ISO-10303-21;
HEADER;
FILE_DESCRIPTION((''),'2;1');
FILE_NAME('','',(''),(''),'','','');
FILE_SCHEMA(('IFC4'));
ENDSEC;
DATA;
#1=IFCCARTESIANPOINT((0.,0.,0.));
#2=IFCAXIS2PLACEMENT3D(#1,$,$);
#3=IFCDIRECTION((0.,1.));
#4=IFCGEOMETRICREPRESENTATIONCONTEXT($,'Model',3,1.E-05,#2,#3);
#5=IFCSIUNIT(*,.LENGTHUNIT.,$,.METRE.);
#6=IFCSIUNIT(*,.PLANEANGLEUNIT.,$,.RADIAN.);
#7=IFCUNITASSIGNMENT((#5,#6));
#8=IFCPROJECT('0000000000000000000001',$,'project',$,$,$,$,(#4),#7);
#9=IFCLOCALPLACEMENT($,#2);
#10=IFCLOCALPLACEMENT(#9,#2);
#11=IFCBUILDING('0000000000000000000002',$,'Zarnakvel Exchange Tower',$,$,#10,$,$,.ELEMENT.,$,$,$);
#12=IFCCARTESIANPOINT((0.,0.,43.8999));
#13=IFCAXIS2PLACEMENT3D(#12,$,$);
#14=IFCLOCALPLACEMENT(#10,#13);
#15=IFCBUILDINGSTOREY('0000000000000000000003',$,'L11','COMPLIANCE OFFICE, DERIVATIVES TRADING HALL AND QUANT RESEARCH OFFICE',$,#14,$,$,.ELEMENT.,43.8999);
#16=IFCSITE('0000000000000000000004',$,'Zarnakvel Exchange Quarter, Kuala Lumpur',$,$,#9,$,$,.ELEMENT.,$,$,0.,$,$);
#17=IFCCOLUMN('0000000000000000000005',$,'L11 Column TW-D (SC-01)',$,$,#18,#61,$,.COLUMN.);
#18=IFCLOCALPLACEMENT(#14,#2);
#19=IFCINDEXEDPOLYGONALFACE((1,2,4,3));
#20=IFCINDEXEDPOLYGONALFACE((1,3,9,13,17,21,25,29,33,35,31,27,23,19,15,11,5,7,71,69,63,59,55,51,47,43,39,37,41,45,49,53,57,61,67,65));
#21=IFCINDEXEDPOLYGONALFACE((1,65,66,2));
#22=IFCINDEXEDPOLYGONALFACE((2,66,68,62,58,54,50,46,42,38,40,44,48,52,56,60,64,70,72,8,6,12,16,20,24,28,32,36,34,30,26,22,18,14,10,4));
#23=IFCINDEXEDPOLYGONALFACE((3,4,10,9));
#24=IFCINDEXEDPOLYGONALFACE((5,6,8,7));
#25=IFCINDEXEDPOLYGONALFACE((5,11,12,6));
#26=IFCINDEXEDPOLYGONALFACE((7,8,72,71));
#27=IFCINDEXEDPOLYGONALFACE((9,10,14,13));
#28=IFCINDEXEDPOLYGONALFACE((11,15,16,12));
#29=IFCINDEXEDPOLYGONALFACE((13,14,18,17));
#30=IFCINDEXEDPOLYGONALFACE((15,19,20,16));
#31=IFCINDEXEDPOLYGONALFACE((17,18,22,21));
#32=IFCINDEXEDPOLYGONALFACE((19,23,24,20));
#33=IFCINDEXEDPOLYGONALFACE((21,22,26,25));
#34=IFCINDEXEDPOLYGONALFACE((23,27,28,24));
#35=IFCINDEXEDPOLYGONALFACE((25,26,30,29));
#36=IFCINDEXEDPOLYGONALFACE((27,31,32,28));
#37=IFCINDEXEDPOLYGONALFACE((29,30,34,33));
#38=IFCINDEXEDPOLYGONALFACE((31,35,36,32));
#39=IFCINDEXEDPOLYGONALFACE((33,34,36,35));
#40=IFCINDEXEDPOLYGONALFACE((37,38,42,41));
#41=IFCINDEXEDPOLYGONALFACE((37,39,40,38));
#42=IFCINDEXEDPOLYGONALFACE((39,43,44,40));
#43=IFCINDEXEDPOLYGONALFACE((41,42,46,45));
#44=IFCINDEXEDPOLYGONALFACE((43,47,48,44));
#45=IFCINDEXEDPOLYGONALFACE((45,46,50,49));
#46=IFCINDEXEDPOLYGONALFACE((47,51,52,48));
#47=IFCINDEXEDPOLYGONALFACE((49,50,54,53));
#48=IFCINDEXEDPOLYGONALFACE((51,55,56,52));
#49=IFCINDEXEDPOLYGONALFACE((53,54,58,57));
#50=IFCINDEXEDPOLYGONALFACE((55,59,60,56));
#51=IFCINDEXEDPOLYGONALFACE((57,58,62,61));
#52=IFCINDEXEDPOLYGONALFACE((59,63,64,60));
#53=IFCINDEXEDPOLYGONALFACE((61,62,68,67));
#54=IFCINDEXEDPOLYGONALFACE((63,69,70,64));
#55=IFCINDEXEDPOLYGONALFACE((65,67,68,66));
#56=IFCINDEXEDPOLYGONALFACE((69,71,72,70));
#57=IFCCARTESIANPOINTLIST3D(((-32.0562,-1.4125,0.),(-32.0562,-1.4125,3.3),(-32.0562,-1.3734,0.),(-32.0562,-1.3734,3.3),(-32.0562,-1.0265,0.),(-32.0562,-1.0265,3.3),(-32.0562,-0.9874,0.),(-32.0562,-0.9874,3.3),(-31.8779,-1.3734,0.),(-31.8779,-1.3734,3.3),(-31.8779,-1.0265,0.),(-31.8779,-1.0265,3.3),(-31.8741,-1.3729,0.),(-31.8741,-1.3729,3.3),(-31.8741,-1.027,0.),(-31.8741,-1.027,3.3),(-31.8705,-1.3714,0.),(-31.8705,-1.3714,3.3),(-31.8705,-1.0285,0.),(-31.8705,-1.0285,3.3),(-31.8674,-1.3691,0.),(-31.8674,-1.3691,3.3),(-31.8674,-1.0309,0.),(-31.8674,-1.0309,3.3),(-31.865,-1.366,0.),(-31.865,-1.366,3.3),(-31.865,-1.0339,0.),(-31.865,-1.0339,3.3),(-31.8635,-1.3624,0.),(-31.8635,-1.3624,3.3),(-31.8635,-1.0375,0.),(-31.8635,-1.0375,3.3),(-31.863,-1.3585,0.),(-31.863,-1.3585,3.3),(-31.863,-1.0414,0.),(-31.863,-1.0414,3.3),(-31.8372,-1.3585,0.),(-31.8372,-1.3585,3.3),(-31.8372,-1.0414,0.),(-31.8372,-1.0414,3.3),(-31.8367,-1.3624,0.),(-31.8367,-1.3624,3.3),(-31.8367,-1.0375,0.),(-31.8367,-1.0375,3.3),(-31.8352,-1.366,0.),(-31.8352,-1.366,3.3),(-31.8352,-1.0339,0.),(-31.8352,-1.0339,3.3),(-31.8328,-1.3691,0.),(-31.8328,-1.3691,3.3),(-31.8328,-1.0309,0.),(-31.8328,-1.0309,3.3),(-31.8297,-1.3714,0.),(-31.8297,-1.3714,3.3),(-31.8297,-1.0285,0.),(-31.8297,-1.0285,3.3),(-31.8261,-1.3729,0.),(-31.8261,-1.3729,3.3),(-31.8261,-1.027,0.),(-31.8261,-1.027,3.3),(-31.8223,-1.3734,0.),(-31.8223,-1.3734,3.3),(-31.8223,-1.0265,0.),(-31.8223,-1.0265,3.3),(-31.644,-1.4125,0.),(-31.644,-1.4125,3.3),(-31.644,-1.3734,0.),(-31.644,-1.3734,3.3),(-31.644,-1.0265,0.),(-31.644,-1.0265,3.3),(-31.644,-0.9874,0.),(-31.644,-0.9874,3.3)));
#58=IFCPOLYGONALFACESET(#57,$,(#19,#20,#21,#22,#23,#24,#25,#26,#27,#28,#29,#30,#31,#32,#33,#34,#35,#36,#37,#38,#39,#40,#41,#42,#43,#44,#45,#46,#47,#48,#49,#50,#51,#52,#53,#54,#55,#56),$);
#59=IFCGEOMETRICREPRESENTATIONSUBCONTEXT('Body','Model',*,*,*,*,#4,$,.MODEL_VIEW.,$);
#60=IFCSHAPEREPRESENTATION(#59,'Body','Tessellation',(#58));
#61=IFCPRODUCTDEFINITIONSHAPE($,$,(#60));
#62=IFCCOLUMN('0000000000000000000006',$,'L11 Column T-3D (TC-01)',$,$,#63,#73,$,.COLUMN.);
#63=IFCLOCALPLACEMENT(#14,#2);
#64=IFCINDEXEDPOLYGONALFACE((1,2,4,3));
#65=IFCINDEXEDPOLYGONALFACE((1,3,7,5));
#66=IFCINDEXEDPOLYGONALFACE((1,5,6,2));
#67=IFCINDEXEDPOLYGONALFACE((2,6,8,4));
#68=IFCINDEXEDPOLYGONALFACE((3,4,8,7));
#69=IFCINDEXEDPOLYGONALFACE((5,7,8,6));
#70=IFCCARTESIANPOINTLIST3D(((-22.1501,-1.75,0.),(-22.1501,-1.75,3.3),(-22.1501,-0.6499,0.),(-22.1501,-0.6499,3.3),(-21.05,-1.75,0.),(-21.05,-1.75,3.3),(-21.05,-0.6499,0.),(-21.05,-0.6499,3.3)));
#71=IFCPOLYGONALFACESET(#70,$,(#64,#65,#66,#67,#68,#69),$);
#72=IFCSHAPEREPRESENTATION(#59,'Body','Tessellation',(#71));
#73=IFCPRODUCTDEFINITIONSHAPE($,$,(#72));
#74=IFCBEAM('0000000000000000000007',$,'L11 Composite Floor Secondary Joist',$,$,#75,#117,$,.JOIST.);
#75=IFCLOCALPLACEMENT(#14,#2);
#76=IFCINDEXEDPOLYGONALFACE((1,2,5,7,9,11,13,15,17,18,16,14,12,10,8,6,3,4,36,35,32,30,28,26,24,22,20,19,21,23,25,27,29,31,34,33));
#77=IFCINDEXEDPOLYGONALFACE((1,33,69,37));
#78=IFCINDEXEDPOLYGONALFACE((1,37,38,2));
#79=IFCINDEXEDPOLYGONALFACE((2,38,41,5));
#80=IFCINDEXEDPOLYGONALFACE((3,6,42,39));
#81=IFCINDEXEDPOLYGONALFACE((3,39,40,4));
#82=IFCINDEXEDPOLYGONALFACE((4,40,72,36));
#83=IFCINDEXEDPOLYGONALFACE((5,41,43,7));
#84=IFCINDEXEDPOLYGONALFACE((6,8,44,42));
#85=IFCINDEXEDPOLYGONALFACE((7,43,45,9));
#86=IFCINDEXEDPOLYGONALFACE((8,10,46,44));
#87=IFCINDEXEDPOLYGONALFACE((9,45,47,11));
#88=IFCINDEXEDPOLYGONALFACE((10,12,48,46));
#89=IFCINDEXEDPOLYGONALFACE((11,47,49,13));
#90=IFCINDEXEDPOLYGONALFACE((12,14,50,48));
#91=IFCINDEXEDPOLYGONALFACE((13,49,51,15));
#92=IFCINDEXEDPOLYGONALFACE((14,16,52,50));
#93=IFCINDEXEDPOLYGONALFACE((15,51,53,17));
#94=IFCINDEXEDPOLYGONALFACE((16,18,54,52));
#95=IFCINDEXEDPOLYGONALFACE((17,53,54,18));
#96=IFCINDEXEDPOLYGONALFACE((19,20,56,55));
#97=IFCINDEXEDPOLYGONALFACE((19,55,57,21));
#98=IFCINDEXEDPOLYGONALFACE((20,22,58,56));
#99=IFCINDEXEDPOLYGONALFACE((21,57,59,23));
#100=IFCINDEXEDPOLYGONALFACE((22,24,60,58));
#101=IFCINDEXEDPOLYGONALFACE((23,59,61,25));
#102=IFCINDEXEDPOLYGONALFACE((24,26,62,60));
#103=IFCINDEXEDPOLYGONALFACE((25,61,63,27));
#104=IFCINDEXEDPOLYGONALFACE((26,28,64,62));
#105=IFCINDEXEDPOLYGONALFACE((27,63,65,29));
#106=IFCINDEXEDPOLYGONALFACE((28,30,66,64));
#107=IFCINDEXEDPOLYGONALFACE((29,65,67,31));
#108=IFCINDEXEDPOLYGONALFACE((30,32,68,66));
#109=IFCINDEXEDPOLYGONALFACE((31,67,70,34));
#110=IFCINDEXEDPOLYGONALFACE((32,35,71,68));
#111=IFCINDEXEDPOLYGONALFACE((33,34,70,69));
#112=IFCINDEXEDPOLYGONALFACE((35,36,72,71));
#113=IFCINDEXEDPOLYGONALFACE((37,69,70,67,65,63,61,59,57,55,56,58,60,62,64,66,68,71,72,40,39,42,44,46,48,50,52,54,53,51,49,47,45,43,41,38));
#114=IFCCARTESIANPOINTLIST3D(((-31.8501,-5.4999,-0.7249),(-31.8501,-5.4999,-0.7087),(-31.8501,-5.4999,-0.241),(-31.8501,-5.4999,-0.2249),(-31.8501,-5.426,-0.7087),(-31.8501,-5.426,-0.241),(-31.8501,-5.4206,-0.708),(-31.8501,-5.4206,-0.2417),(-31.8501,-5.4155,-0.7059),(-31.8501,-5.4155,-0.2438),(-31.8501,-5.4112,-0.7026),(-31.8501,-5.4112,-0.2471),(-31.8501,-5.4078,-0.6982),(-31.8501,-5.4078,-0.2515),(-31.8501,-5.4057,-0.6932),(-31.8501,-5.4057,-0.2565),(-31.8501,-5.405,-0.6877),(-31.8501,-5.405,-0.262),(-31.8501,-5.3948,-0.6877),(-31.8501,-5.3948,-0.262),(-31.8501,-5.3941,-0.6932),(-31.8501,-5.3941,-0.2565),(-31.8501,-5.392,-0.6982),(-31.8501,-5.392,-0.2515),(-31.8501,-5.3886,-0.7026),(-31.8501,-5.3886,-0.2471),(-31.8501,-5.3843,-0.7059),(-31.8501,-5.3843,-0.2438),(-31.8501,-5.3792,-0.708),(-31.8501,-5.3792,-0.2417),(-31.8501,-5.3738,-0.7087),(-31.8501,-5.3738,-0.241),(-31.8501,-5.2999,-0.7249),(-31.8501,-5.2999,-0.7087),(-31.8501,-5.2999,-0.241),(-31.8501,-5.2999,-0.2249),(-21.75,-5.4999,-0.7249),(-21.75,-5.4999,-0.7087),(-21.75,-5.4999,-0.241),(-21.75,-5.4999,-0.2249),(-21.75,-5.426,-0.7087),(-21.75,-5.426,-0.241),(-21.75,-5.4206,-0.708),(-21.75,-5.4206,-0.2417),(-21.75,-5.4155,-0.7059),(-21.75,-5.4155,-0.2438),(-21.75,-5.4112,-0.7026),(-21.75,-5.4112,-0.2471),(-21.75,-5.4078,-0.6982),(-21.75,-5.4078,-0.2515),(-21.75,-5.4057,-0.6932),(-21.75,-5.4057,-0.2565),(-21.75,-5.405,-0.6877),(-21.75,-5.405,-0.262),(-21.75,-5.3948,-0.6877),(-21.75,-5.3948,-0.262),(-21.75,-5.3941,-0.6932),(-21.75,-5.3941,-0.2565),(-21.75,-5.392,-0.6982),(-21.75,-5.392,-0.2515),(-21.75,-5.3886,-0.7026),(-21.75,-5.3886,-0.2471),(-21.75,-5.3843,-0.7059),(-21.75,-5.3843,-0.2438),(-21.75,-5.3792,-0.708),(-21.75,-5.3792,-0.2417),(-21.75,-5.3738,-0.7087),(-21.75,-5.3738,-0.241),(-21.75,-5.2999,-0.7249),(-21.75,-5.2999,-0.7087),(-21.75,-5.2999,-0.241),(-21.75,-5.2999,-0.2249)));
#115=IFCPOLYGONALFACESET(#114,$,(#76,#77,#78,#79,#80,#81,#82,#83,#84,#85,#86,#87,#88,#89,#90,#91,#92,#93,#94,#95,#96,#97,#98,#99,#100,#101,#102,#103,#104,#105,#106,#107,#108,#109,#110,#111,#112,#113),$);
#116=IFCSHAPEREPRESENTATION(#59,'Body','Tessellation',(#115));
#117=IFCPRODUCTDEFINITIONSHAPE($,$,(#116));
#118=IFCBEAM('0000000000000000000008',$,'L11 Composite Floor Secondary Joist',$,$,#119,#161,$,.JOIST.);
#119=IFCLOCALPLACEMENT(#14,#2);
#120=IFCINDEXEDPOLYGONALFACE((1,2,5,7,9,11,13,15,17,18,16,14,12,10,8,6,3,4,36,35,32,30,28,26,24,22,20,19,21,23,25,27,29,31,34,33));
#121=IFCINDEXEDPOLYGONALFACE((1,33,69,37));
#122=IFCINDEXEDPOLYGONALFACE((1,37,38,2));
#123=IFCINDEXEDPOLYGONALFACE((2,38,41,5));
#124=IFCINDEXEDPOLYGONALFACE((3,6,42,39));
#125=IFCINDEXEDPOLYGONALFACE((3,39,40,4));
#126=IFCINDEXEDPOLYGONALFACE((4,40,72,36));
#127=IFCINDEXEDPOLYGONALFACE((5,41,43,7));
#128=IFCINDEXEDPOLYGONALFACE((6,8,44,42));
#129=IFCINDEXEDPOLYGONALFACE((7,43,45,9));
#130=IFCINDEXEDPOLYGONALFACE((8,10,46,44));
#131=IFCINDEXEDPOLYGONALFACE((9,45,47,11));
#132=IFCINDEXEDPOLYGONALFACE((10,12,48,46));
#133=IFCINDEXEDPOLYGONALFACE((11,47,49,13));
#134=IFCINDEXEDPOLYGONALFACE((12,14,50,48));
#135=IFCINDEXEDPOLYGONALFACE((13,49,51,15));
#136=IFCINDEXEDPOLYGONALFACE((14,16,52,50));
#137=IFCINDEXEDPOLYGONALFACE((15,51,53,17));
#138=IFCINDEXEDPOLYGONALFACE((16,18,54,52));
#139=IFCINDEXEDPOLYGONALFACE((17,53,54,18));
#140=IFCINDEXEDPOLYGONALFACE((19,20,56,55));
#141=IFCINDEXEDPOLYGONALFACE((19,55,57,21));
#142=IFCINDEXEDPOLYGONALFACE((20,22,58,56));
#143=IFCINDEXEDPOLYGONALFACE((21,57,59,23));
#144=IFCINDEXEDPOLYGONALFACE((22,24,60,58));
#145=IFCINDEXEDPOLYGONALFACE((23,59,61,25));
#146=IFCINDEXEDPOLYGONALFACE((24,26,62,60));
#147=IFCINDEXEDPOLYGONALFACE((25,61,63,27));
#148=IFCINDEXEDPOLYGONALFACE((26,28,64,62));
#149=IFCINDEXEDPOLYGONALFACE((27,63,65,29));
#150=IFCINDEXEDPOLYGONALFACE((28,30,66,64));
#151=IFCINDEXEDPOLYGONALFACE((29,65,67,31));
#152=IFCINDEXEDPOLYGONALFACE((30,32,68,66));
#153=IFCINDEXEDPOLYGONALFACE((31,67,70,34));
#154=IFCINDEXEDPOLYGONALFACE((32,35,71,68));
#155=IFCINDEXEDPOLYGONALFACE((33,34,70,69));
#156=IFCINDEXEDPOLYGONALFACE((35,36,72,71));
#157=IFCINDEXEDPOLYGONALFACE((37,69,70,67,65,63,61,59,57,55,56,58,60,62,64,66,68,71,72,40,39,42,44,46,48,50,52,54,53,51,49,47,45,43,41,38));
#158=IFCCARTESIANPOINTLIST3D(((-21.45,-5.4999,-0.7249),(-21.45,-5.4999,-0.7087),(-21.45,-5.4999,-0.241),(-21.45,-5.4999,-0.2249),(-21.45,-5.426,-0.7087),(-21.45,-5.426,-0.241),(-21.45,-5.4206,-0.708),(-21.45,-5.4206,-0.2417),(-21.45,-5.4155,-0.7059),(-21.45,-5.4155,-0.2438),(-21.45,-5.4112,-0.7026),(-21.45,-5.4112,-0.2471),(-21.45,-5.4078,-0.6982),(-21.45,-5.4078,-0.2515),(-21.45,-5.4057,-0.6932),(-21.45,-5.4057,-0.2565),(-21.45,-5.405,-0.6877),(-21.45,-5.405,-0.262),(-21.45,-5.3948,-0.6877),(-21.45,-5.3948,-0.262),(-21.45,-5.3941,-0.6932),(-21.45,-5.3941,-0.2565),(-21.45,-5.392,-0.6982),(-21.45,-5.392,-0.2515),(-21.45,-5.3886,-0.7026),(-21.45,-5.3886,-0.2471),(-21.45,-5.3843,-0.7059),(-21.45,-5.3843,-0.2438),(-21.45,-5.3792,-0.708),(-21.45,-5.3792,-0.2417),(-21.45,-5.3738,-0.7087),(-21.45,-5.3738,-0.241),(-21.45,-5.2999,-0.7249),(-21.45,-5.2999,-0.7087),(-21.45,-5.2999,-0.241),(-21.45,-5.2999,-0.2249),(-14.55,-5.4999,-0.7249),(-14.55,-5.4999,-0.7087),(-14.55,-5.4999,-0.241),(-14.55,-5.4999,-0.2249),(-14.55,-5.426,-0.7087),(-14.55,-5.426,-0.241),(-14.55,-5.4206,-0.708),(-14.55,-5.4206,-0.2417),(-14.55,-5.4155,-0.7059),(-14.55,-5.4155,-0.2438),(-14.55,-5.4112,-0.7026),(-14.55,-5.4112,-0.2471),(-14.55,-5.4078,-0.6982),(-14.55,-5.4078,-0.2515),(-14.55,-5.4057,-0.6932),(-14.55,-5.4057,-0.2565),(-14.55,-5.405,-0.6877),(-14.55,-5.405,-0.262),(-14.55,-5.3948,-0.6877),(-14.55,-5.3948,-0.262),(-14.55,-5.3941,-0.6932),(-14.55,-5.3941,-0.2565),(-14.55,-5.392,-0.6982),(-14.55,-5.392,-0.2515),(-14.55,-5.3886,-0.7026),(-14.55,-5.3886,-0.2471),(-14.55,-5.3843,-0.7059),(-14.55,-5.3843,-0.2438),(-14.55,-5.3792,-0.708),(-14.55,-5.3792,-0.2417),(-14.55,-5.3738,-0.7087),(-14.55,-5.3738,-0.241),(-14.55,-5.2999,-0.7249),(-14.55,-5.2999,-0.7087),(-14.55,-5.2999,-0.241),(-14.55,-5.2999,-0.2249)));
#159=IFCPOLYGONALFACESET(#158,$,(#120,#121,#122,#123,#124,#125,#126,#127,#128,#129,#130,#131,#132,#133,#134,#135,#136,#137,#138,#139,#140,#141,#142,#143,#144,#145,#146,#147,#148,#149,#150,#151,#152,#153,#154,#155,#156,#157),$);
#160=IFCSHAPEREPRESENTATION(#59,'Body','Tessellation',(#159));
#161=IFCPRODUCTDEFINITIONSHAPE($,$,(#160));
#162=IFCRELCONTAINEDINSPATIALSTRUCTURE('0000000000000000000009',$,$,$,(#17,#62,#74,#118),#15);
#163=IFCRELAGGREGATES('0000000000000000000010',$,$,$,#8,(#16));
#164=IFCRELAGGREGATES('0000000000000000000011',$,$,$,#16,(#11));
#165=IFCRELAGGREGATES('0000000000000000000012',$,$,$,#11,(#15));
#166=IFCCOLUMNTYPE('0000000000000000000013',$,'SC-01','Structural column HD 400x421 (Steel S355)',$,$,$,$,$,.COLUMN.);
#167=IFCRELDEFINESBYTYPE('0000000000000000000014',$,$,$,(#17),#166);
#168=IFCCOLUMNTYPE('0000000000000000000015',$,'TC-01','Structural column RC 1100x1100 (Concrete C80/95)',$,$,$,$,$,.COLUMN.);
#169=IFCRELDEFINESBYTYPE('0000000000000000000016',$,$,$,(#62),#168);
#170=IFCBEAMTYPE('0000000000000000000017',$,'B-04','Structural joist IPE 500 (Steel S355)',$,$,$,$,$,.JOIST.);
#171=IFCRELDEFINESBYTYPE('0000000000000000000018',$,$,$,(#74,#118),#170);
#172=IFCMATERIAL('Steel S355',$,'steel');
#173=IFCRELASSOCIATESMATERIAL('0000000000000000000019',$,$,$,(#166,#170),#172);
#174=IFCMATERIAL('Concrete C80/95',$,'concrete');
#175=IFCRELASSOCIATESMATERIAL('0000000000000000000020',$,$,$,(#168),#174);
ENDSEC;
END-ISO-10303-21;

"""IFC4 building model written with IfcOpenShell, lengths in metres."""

from ifc_helpers import new_model, si_unit, direction, frame, origin, origin_2d, place, context, subcontext, project, spatial, rectangle, i_section, extrude, material, material_profile, profile_set, type_object, element, save


model = new_model("IFC4")

# Units and contexts
model_context = context("Model", 3, precision=1e-05, world=origin(), true_north=direction((0.0, 1.0)))
body_context = subcontext(model_context, "Body", "Model", "MODEL_VIEW")
ifc_project = project(units=[si_unit("LENGTHUNIT", "METRE"), si_unit("PLANEANGLEUNIT", "RADIAN")], contexts=[model_context])

# Site, building, storey
site_placement = place(None, origin())
site = spatial("IfcSite", under=ifc_project, at=site_placement, Name="Zarnakvel Exchange Quarter, Kuala Lumpur", CompositionType="ELEMENT", RefElevation=0.0)
building_placement = place(site_placement, origin())
building = spatial("IfcBuilding", under=site, at=building_placement, Name="Zarnakvel Exchange Tower", CompositionType="ELEMENT")
storey_placement = place(building_placement, frame((0.0, 0.0, 43.8999)))
storey = spatial("IfcBuildingStorey", under=building, at=storey_placement, Name="L11", Description="COMPLIANCE OFFICE, DERIVATIVES TRADING HALL AND QUANT RESEARCH OFFICE", CompositionType="ELEMENT", Elevation=43.8999)

# Columns
ifc_material_1 = material(Name="Steel S355", Category="steel")
ifc_material_profile_1 = material_profile(ifc_material_1, i_section(OverallWidth=0.4121, OverallDepth=0.425, WebThickness=0.0259, FlangeThickness=0.0391, FilletRadius=0.0149, at=origin_2d()))
ifc_profile_set_1 = profile_set([ifc_material_profile_1], Name="Steel S355")
column_type_1 = type_object("IfcColumnType", Name="SC-01", Description="Structural column HD 400x421 (Steel S355)", PredefinedType="COLUMN", material=ifc_profile_set_1)
column_1_placement = place(storey_placement, frame((-31.8501, -1.2, 0.0), z_axis=(0.0, 0.0, 1.0), x_axis=(1.0, 0.0, 0.0)))
element("IfcColumn", 1, at=column_1_placement, inside=storey, type_object=column_type_1, Name="L11 Column TW-D (SC-01)", PredefinedType="COLUMN", context=body_context, shape_type="SweptSolid", body=[
    extrude(i_section(OverallWidth=0.4121, OverallDepth=0.425, WebThickness=0.0259, FlangeThickness=0.0391, FilletRadius=0.0149, at=origin_2d()), origin(), (0.0, 0.0, 1.0), 3.3),
])
ifc_material_2 = material(Name="Concrete C80/95", Category="concrete")
ifc_material_profile_2 = material_profile(ifc_material_2, rectangle(XDim=1.1001, YDim=1.1001, at=origin_2d()))
ifc_profile_set_2 = profile_set([ifc_material_profile_2], Name="Concrete C80/95")
column_type_2 = type_object("IfcColumnType", Name="TC-01", Description="Structural column RC 1100x1100 (Concrete C80/95)", PredefinedType="COLUMN", material=ifc_profile_set_2)
column_2_placement = place(storey_placement, frame((-21.6001, -1.2, 0.0), z_axis=(0.0, 0.0, 1.0), x_axis=(1.0, 0.0, 0.0)))
element("IfcColumn", 2, at=column_2_placement, inside=storey, type_object=column_type_2, Name="L11 Column T-3D (TC-01)", PredefinedType="COLUMN", context=body_context, shape_type="SweptSolid", body=[
    extrude(rectangle(XDim=1.1001, YDim=1.1001, at=origin_2d()), origin(), (0.0, 0.0, 1.0), 3.3),
])

# Beams
ifc_material_profile_3 = material_profile(ifc_material_1, i_section(OverallWidth=0.2, OverallDepth=0.5, WebThickness=0.0103, FlangeThickness=0.0161, FilletRadius=0.021, at=origin_2d()))
ifc_profile_set_3 = profile_set([ifc_material_profile_3], Name="Steel S355")
beam_type_1 = type_object("IfcBeamType", Name="B-04", Description="Structural joist IPE 500 (Steel S355)", PredefinedType="JOIST", material=ifc_profile_set_3)
beam_1_placement = place(storey_placement, frame((-31.8501, -5.3999, -0.4749), z_axis=(1.0, 0.0, 0.0), x_axis=(0.0, 1.0, 0.0)))
element("IfcBeam", 3, at=beam_1_placement, inside=storey, type_object=beam_type_1, Name="L11 Composite Floor Secondary Joist", PredefinedType="JOIST", context=body_context, shape_type="SweptSolid", body=[
    extrude(i_section(OverallWidth=0.2, OverallDepth=0.5, WebThickness=0.0103, FlangeThickness=0.0161, FilletRadius=0.021, at=origin_2d()), origin(), (0.0, 0.0, 1.0), 10.1001),
])
beam_2_placement = place(storey_placement, frame((-21.45, -5.3999, -0.4749), z_axis=(1.0, 0.0, 0.0), x_axis=(0.0, 1.0, 0.0)))
element("IfcBeam", 4, at=beam_2_placement, inside=storey, type_object=beam_type_1, Name="L11 Composite Floor Secondary Joist", PredefinedType="JOIST", context=body_context, shape_type="SweptSolid", body=[
    extrude(i_section(OverallWidth=0.2, OverallDepth=0.5, WebThickness=0.0103, FlangeThickness=0.0161, FilletRadius=0.021, at=origin_2d()), origin(), (0.0, 0.0, 1.0), 6.8999),
])

save(model, "model.ifc")
